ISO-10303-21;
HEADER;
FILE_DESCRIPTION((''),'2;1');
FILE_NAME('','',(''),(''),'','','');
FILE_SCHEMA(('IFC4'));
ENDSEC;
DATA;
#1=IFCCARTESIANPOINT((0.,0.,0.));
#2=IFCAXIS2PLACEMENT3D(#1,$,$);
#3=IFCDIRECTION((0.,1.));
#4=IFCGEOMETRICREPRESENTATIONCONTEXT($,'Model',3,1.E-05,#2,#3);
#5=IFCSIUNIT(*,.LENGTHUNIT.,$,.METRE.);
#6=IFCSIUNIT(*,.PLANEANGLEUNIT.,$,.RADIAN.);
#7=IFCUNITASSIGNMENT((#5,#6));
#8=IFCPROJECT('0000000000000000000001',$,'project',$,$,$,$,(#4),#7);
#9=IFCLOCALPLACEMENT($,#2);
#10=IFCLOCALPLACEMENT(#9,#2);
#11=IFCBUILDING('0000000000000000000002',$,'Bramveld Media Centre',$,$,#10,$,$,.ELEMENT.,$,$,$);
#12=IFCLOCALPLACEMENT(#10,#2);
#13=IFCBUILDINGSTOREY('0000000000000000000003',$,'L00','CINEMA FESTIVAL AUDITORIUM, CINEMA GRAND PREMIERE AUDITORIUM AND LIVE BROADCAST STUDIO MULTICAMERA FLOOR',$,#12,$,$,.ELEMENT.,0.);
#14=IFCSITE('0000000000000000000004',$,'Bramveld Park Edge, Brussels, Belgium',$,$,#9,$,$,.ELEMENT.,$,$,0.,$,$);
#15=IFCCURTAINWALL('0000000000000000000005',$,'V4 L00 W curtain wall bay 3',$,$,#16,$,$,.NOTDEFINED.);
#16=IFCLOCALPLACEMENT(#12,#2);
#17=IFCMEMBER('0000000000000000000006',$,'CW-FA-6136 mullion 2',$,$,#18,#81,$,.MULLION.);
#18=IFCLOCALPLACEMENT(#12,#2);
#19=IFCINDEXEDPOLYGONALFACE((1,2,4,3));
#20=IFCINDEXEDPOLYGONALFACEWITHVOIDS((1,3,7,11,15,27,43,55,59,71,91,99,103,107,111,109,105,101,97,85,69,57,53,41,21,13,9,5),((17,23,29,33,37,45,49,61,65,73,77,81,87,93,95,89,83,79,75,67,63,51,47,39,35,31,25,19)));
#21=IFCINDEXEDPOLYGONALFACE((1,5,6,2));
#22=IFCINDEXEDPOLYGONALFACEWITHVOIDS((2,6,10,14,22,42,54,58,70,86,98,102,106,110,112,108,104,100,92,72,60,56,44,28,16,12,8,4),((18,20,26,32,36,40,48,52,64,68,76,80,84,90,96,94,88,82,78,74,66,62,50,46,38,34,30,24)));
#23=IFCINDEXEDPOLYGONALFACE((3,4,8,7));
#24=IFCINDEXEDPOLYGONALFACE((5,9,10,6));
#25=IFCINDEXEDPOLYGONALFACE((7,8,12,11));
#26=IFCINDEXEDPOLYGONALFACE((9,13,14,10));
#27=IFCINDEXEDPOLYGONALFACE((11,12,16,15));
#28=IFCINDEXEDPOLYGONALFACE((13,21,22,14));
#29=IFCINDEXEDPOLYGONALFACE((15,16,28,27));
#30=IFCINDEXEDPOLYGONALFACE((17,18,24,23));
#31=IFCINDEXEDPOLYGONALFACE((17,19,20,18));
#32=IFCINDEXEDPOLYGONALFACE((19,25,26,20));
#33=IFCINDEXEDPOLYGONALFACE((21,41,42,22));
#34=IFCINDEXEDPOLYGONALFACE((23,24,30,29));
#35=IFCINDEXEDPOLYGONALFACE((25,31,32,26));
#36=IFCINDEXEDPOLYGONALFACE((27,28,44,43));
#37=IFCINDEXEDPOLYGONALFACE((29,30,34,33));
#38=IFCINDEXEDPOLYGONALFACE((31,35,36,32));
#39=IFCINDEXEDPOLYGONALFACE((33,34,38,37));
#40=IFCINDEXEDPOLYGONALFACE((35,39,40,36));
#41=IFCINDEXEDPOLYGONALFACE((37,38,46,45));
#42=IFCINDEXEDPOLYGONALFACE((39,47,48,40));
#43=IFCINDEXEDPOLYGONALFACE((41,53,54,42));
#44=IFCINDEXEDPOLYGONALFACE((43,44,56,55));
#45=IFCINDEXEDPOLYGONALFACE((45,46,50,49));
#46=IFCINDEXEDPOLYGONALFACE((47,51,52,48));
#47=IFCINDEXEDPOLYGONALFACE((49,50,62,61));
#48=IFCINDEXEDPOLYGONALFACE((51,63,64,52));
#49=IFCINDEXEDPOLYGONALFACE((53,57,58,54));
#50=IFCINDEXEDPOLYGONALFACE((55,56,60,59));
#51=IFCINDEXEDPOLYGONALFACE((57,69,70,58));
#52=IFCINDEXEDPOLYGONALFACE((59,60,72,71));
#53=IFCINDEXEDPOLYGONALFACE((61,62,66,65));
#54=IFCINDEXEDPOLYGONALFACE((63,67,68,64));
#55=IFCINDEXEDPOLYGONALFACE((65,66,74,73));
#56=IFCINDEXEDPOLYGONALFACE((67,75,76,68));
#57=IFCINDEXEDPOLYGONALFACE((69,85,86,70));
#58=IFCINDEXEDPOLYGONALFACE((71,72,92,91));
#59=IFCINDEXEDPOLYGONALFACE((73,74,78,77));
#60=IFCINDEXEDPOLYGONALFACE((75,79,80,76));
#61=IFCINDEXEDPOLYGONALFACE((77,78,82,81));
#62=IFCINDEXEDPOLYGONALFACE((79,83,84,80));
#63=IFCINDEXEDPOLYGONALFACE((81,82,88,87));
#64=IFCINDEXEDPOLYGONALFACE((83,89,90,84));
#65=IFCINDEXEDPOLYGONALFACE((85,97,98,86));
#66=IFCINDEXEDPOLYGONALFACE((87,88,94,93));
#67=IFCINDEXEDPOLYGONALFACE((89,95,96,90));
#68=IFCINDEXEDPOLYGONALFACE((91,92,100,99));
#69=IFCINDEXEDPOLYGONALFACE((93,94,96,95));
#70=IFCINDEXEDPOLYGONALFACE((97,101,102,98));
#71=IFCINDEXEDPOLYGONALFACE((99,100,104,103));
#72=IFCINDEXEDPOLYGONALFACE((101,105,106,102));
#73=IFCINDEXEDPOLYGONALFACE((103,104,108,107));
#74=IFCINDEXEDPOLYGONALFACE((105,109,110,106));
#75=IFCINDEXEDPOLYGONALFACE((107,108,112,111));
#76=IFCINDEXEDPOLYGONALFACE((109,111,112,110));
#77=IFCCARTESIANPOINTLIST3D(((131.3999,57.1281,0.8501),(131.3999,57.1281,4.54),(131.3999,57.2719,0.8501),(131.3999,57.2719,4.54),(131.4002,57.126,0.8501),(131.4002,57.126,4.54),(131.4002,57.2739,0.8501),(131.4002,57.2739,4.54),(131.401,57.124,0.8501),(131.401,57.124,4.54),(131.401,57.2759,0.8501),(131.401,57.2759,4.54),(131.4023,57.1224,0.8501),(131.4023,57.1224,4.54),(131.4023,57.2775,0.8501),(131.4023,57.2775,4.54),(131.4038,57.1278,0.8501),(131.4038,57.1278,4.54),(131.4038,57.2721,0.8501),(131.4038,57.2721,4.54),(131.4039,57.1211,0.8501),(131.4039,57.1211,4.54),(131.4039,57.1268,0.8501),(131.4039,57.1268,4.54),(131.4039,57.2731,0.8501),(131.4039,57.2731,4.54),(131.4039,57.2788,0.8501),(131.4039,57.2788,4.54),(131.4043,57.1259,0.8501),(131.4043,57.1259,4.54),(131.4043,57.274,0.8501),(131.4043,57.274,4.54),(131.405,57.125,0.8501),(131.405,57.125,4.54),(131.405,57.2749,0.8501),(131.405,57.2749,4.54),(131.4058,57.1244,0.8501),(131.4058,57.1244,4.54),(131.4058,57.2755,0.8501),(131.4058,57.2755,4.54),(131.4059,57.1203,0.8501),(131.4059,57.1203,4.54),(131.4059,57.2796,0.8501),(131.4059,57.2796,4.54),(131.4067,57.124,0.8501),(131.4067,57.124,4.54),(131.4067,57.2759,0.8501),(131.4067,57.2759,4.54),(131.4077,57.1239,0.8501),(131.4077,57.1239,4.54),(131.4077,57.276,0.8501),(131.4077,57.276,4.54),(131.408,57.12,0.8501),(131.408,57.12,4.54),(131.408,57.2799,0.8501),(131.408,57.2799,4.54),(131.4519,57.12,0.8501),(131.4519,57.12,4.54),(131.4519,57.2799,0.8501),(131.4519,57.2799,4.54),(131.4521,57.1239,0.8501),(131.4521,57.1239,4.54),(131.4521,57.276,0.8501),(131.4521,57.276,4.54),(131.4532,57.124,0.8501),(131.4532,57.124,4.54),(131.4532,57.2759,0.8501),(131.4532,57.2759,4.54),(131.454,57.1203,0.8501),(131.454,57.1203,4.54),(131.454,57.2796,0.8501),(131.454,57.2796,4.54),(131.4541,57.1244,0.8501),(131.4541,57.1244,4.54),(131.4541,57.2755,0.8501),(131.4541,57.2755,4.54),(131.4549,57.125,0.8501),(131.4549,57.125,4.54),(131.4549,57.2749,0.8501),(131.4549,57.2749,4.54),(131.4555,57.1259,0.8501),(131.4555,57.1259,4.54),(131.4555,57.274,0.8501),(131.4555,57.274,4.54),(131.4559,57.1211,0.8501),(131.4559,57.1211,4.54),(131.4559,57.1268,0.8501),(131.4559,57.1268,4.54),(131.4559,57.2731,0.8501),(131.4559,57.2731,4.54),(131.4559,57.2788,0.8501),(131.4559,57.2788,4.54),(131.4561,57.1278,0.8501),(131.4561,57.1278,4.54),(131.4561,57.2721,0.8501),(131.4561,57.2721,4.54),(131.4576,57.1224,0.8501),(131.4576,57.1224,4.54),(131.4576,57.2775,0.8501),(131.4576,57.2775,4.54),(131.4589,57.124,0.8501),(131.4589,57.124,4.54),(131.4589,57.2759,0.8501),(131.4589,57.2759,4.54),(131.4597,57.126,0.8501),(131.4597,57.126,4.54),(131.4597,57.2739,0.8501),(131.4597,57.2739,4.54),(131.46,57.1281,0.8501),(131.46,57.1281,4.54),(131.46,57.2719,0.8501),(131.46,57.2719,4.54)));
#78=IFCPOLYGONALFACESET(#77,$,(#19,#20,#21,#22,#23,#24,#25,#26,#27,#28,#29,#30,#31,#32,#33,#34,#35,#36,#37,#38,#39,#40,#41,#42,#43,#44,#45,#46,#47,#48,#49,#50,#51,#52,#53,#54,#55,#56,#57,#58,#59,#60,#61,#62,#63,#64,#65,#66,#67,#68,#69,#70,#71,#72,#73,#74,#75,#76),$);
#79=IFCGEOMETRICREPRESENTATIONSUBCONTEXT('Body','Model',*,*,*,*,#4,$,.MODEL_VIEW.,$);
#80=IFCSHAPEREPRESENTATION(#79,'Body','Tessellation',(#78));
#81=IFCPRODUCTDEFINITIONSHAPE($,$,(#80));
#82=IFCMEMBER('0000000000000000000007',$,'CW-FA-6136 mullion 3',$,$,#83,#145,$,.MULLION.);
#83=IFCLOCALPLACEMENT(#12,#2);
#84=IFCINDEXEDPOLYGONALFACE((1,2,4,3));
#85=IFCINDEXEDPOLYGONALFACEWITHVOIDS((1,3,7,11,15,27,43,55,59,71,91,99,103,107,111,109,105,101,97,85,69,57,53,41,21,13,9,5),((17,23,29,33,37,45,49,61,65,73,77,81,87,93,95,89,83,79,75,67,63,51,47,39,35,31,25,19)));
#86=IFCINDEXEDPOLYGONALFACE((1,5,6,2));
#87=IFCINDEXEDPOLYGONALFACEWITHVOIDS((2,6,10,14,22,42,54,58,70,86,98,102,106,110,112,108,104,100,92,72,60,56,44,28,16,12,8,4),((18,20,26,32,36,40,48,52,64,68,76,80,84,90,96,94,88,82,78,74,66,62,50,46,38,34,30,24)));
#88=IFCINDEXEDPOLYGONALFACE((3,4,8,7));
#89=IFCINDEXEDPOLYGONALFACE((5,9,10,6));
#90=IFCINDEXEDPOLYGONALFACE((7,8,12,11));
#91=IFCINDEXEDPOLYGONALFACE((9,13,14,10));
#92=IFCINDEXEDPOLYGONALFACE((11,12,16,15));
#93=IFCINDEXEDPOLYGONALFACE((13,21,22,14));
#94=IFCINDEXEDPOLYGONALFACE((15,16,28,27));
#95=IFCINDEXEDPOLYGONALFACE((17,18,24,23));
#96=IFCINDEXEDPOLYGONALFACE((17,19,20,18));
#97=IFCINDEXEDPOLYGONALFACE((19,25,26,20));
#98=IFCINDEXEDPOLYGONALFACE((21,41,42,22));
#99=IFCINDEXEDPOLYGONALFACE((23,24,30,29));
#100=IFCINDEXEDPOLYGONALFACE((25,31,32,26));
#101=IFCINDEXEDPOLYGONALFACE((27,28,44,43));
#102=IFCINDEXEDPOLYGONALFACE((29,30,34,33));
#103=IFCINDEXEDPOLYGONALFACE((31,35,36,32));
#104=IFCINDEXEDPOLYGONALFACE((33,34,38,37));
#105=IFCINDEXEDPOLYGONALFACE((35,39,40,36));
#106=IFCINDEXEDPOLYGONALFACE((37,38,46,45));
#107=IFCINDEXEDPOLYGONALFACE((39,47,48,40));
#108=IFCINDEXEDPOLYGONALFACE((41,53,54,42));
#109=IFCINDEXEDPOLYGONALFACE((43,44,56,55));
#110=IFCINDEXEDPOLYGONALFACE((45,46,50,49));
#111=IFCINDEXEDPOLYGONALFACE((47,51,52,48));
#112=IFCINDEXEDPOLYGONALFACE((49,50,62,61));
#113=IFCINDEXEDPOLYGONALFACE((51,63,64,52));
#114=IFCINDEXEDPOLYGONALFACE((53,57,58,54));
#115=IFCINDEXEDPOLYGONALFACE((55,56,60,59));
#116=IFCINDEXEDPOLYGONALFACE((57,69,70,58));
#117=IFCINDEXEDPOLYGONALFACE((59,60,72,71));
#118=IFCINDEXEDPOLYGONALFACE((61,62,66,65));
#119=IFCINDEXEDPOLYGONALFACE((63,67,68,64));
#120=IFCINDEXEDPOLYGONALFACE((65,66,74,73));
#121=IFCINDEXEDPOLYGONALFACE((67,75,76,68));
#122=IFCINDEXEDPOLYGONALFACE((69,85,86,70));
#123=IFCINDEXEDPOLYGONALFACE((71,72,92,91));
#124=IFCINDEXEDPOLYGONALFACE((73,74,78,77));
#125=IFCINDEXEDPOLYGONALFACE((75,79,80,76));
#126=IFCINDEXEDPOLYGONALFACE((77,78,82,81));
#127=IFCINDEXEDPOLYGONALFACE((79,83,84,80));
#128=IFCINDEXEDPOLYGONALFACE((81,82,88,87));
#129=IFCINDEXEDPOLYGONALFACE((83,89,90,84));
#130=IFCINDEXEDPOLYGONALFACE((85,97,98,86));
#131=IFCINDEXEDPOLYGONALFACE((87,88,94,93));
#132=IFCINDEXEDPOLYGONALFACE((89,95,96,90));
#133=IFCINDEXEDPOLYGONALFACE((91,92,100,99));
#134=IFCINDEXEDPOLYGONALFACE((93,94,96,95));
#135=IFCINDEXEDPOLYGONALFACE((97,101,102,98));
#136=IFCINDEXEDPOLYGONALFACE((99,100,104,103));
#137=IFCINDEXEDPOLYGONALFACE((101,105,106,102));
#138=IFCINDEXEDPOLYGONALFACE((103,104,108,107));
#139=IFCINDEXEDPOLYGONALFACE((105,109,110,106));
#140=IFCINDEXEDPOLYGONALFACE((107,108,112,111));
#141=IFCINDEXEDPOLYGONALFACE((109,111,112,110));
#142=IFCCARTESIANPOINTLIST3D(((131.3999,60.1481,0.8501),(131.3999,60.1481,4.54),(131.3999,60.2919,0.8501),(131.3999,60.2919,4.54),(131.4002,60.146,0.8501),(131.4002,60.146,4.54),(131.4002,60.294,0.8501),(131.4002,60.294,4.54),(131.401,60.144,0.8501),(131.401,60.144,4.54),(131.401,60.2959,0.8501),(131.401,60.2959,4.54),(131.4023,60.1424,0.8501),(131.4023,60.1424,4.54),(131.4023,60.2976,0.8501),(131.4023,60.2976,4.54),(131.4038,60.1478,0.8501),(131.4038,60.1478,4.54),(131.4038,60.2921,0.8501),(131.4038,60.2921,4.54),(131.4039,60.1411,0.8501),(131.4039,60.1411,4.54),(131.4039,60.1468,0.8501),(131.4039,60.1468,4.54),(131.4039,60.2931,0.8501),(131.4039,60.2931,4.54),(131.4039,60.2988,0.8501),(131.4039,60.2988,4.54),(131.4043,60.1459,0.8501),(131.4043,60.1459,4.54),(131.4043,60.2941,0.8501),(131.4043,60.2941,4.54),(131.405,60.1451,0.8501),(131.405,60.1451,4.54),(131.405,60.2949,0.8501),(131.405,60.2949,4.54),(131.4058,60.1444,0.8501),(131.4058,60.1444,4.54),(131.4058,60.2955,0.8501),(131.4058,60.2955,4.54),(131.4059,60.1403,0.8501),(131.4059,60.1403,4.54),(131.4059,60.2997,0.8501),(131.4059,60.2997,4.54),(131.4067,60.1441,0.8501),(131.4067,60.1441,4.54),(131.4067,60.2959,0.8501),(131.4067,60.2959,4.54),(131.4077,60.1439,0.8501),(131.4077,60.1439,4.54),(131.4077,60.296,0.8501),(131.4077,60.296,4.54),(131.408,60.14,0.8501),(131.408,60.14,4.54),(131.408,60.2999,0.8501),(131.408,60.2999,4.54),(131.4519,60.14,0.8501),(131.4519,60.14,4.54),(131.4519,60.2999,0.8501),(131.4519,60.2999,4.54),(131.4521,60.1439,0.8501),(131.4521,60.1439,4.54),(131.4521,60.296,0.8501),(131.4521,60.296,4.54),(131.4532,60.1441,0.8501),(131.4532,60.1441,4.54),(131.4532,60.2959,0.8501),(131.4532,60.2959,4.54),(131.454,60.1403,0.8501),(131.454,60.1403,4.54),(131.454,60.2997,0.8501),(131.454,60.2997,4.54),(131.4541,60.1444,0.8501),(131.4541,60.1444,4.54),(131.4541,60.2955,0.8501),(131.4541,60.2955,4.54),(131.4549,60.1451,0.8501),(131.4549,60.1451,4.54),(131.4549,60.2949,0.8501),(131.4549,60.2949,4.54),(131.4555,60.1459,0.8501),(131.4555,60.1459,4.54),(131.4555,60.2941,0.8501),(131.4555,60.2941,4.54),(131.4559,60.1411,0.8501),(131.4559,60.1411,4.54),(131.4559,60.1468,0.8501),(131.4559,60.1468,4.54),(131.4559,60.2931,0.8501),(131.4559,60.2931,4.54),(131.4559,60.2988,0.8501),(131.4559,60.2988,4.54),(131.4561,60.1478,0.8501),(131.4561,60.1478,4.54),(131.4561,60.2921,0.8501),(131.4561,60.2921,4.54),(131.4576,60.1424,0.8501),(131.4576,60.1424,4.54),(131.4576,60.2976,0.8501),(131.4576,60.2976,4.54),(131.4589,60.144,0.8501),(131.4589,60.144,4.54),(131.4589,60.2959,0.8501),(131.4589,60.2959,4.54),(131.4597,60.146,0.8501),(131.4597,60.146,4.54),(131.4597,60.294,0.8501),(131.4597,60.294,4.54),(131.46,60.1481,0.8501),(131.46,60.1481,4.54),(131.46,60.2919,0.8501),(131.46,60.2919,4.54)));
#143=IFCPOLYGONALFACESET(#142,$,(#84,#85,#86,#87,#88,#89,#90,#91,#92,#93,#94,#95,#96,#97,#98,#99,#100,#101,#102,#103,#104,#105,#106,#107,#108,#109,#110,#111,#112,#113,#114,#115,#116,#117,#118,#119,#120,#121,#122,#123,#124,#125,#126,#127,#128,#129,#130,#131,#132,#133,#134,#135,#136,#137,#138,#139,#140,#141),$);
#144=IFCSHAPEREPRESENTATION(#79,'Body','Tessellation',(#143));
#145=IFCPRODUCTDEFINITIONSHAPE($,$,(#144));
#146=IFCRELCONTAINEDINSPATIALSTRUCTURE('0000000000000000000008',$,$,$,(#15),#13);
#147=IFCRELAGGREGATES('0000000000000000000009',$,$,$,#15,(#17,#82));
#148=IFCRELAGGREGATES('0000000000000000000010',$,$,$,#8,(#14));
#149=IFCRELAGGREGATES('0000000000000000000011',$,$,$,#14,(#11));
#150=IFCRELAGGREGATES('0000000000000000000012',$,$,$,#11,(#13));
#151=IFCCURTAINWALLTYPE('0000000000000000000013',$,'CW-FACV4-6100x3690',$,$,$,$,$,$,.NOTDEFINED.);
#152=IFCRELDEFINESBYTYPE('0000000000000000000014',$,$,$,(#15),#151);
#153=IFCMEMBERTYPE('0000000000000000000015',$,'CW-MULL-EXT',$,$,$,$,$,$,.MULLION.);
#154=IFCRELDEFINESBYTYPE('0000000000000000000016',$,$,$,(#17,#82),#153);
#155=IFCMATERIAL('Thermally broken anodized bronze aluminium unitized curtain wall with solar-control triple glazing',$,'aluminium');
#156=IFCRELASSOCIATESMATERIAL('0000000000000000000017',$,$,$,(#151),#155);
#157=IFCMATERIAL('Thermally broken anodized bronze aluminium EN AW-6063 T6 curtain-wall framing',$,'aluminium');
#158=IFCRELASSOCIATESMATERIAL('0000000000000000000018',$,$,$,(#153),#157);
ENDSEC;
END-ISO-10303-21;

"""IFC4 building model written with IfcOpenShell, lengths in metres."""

from ifc_helpers import new_model, si_unit, direction, frame, origin, origin_2d, place, context, subcontext, project, spatial, hollow_rectangle, extrude, material, material_profile, profile_set, type_object, element, aggregate, save


model = new_model("IFC4")

# Units and contexts
model_context = context("Model", 3, precision=1e-05, world=origin(), true_north=direction((0.0, 1.0)))
body_context = subcontext(model_context, "Body", "Model", "MODEL_VIEW")
ifc_project = project(units=[si_unit("LENGTHUNIT", "METRE"), si_unit("PLANEANGLEUNIT", "RADIAN")], contexts=[model_context])

# Site, building, storey
site_placement = place(None, origin())
site = spatial("IfcSite", under=ifc_project, at=site_placement, Name="Bramveld Park Edge, Brussels, Belgium", CompositionType="ELEMENT", RefElevation=0.0)
building_placement = place(site_placement, origin())
building = spatial("IfcBuilding", under=site, at=building_placement, Name="Bramveld Media Centre", CompositionType="ELEMENT")
storey_placement = place(building_placement, origin())
storey = spatial("IfcBuildingStorey", under=building, at=storey_placement, Name="L00", Description="CINEMA FESTIVAL AUDITORIUM, CINEMA GRAND PREMIERE AUDITORIUM AND LIVE BROADCAST STUDIO MULTICAMERA FLOOR", CompositionType="ELEMENT", Elevation=0.0)

# Curtain wall, members
ifc_material_1 = material(Name="Thermally broken anodized bronze aluminium unitized curtain wall with solar-control triple glazing", Category="aluminium")
curtain_wall_type = type_object("IfcCurtainWallType", Name="CW-FACV4-6100x3690", PredefinedType="NOTDEFINED", material=ifc_material_1)
curtain_wall_1_placement = place(storey_placement, origin())
curtain_wall_1 = element("IfcCurtainWall", 1, at=curtain_wall_1_placement, inside=storey, type_object=curtain_wall_type, Name="V4 L00 W curtain wall bay 3", PredefinedType="NOTDEFINED")
ifc_material_2 = material(Name="Thermally broken anodized bronze aluminium EN AW-6063 T6 curtain-wall framing", Category="aluminium")
ifc_material_profile_1 = material_profile(ifc_material_2, hollow_rectangle(XDim=0.0601, YDim=0.1599, WallThickness=0.0039, InnerFilletRadius=0.0039, OuterFilletRadius=0.0081, at=origin_2d()), Name="AL-MULL 60x160")
ifc_profile_set_1 = profile_set([ifc_material_profile_1], Name="Thermally broken anodized bronze aluminium EN AW-6063 T6 curtain-wall framing")
member_type_1 = type_object("IfcMemberType", Name="CW-MULL-EXT", PredefinedType="MULLION", material=ifc_profile_set_1)
member_1_placement = place(storey_placement, frame((131.4299, 57.2, 0.8501), z_axis=(0.0, 0.0, 1.0), x_axis=(-1.0, 0.0, 0.0)))
member_1 = element("IfcMember", 2, at=member_1_placement, type_object=member_type_1, Name="CW-FA-6136 mullion 2", PredefinedType="MULLION", context=body_context, shape_type="SweptSolid", body=[
    extrude(hollow_rectangle(XDim=0.0601, YDim=0.1599, WallThickness=0.0039, InnerFilletRadius=0.0039, OuterFilletRadius=0.0081, at=origin_2d()), origin(), (0.0, 0.0, 1.0), 3.6899),
])
member_2_placement = place(storey_placement, frame((131.4299, 60.22, 0.8501), z_axis=(0.0, 0.0, 1.0), x_axis=(-1.0, 0.0, 0.0)))
member_2 = element("IfcMember", 3, at=member_2_placement, type_object=member_type_1, Name="CW-FA-6136 mullion 3", PredefinedType="MULLION", context=body_context, shape_type="SweptSolid", body=[
    extrude(hollow_rectangle(XDim=0.0601, YDim=0.1599, WallThickness=0.0039, InnerFilletRadius=0.0039, OuterFilletRadius=0.0081, at=origin_2d()), origin(), (0.0, 0.0, 1.0), 3.6899),
])

aggregate(curtain_wall_1, [member_1, member_2])

save(model, "model.ifc")
